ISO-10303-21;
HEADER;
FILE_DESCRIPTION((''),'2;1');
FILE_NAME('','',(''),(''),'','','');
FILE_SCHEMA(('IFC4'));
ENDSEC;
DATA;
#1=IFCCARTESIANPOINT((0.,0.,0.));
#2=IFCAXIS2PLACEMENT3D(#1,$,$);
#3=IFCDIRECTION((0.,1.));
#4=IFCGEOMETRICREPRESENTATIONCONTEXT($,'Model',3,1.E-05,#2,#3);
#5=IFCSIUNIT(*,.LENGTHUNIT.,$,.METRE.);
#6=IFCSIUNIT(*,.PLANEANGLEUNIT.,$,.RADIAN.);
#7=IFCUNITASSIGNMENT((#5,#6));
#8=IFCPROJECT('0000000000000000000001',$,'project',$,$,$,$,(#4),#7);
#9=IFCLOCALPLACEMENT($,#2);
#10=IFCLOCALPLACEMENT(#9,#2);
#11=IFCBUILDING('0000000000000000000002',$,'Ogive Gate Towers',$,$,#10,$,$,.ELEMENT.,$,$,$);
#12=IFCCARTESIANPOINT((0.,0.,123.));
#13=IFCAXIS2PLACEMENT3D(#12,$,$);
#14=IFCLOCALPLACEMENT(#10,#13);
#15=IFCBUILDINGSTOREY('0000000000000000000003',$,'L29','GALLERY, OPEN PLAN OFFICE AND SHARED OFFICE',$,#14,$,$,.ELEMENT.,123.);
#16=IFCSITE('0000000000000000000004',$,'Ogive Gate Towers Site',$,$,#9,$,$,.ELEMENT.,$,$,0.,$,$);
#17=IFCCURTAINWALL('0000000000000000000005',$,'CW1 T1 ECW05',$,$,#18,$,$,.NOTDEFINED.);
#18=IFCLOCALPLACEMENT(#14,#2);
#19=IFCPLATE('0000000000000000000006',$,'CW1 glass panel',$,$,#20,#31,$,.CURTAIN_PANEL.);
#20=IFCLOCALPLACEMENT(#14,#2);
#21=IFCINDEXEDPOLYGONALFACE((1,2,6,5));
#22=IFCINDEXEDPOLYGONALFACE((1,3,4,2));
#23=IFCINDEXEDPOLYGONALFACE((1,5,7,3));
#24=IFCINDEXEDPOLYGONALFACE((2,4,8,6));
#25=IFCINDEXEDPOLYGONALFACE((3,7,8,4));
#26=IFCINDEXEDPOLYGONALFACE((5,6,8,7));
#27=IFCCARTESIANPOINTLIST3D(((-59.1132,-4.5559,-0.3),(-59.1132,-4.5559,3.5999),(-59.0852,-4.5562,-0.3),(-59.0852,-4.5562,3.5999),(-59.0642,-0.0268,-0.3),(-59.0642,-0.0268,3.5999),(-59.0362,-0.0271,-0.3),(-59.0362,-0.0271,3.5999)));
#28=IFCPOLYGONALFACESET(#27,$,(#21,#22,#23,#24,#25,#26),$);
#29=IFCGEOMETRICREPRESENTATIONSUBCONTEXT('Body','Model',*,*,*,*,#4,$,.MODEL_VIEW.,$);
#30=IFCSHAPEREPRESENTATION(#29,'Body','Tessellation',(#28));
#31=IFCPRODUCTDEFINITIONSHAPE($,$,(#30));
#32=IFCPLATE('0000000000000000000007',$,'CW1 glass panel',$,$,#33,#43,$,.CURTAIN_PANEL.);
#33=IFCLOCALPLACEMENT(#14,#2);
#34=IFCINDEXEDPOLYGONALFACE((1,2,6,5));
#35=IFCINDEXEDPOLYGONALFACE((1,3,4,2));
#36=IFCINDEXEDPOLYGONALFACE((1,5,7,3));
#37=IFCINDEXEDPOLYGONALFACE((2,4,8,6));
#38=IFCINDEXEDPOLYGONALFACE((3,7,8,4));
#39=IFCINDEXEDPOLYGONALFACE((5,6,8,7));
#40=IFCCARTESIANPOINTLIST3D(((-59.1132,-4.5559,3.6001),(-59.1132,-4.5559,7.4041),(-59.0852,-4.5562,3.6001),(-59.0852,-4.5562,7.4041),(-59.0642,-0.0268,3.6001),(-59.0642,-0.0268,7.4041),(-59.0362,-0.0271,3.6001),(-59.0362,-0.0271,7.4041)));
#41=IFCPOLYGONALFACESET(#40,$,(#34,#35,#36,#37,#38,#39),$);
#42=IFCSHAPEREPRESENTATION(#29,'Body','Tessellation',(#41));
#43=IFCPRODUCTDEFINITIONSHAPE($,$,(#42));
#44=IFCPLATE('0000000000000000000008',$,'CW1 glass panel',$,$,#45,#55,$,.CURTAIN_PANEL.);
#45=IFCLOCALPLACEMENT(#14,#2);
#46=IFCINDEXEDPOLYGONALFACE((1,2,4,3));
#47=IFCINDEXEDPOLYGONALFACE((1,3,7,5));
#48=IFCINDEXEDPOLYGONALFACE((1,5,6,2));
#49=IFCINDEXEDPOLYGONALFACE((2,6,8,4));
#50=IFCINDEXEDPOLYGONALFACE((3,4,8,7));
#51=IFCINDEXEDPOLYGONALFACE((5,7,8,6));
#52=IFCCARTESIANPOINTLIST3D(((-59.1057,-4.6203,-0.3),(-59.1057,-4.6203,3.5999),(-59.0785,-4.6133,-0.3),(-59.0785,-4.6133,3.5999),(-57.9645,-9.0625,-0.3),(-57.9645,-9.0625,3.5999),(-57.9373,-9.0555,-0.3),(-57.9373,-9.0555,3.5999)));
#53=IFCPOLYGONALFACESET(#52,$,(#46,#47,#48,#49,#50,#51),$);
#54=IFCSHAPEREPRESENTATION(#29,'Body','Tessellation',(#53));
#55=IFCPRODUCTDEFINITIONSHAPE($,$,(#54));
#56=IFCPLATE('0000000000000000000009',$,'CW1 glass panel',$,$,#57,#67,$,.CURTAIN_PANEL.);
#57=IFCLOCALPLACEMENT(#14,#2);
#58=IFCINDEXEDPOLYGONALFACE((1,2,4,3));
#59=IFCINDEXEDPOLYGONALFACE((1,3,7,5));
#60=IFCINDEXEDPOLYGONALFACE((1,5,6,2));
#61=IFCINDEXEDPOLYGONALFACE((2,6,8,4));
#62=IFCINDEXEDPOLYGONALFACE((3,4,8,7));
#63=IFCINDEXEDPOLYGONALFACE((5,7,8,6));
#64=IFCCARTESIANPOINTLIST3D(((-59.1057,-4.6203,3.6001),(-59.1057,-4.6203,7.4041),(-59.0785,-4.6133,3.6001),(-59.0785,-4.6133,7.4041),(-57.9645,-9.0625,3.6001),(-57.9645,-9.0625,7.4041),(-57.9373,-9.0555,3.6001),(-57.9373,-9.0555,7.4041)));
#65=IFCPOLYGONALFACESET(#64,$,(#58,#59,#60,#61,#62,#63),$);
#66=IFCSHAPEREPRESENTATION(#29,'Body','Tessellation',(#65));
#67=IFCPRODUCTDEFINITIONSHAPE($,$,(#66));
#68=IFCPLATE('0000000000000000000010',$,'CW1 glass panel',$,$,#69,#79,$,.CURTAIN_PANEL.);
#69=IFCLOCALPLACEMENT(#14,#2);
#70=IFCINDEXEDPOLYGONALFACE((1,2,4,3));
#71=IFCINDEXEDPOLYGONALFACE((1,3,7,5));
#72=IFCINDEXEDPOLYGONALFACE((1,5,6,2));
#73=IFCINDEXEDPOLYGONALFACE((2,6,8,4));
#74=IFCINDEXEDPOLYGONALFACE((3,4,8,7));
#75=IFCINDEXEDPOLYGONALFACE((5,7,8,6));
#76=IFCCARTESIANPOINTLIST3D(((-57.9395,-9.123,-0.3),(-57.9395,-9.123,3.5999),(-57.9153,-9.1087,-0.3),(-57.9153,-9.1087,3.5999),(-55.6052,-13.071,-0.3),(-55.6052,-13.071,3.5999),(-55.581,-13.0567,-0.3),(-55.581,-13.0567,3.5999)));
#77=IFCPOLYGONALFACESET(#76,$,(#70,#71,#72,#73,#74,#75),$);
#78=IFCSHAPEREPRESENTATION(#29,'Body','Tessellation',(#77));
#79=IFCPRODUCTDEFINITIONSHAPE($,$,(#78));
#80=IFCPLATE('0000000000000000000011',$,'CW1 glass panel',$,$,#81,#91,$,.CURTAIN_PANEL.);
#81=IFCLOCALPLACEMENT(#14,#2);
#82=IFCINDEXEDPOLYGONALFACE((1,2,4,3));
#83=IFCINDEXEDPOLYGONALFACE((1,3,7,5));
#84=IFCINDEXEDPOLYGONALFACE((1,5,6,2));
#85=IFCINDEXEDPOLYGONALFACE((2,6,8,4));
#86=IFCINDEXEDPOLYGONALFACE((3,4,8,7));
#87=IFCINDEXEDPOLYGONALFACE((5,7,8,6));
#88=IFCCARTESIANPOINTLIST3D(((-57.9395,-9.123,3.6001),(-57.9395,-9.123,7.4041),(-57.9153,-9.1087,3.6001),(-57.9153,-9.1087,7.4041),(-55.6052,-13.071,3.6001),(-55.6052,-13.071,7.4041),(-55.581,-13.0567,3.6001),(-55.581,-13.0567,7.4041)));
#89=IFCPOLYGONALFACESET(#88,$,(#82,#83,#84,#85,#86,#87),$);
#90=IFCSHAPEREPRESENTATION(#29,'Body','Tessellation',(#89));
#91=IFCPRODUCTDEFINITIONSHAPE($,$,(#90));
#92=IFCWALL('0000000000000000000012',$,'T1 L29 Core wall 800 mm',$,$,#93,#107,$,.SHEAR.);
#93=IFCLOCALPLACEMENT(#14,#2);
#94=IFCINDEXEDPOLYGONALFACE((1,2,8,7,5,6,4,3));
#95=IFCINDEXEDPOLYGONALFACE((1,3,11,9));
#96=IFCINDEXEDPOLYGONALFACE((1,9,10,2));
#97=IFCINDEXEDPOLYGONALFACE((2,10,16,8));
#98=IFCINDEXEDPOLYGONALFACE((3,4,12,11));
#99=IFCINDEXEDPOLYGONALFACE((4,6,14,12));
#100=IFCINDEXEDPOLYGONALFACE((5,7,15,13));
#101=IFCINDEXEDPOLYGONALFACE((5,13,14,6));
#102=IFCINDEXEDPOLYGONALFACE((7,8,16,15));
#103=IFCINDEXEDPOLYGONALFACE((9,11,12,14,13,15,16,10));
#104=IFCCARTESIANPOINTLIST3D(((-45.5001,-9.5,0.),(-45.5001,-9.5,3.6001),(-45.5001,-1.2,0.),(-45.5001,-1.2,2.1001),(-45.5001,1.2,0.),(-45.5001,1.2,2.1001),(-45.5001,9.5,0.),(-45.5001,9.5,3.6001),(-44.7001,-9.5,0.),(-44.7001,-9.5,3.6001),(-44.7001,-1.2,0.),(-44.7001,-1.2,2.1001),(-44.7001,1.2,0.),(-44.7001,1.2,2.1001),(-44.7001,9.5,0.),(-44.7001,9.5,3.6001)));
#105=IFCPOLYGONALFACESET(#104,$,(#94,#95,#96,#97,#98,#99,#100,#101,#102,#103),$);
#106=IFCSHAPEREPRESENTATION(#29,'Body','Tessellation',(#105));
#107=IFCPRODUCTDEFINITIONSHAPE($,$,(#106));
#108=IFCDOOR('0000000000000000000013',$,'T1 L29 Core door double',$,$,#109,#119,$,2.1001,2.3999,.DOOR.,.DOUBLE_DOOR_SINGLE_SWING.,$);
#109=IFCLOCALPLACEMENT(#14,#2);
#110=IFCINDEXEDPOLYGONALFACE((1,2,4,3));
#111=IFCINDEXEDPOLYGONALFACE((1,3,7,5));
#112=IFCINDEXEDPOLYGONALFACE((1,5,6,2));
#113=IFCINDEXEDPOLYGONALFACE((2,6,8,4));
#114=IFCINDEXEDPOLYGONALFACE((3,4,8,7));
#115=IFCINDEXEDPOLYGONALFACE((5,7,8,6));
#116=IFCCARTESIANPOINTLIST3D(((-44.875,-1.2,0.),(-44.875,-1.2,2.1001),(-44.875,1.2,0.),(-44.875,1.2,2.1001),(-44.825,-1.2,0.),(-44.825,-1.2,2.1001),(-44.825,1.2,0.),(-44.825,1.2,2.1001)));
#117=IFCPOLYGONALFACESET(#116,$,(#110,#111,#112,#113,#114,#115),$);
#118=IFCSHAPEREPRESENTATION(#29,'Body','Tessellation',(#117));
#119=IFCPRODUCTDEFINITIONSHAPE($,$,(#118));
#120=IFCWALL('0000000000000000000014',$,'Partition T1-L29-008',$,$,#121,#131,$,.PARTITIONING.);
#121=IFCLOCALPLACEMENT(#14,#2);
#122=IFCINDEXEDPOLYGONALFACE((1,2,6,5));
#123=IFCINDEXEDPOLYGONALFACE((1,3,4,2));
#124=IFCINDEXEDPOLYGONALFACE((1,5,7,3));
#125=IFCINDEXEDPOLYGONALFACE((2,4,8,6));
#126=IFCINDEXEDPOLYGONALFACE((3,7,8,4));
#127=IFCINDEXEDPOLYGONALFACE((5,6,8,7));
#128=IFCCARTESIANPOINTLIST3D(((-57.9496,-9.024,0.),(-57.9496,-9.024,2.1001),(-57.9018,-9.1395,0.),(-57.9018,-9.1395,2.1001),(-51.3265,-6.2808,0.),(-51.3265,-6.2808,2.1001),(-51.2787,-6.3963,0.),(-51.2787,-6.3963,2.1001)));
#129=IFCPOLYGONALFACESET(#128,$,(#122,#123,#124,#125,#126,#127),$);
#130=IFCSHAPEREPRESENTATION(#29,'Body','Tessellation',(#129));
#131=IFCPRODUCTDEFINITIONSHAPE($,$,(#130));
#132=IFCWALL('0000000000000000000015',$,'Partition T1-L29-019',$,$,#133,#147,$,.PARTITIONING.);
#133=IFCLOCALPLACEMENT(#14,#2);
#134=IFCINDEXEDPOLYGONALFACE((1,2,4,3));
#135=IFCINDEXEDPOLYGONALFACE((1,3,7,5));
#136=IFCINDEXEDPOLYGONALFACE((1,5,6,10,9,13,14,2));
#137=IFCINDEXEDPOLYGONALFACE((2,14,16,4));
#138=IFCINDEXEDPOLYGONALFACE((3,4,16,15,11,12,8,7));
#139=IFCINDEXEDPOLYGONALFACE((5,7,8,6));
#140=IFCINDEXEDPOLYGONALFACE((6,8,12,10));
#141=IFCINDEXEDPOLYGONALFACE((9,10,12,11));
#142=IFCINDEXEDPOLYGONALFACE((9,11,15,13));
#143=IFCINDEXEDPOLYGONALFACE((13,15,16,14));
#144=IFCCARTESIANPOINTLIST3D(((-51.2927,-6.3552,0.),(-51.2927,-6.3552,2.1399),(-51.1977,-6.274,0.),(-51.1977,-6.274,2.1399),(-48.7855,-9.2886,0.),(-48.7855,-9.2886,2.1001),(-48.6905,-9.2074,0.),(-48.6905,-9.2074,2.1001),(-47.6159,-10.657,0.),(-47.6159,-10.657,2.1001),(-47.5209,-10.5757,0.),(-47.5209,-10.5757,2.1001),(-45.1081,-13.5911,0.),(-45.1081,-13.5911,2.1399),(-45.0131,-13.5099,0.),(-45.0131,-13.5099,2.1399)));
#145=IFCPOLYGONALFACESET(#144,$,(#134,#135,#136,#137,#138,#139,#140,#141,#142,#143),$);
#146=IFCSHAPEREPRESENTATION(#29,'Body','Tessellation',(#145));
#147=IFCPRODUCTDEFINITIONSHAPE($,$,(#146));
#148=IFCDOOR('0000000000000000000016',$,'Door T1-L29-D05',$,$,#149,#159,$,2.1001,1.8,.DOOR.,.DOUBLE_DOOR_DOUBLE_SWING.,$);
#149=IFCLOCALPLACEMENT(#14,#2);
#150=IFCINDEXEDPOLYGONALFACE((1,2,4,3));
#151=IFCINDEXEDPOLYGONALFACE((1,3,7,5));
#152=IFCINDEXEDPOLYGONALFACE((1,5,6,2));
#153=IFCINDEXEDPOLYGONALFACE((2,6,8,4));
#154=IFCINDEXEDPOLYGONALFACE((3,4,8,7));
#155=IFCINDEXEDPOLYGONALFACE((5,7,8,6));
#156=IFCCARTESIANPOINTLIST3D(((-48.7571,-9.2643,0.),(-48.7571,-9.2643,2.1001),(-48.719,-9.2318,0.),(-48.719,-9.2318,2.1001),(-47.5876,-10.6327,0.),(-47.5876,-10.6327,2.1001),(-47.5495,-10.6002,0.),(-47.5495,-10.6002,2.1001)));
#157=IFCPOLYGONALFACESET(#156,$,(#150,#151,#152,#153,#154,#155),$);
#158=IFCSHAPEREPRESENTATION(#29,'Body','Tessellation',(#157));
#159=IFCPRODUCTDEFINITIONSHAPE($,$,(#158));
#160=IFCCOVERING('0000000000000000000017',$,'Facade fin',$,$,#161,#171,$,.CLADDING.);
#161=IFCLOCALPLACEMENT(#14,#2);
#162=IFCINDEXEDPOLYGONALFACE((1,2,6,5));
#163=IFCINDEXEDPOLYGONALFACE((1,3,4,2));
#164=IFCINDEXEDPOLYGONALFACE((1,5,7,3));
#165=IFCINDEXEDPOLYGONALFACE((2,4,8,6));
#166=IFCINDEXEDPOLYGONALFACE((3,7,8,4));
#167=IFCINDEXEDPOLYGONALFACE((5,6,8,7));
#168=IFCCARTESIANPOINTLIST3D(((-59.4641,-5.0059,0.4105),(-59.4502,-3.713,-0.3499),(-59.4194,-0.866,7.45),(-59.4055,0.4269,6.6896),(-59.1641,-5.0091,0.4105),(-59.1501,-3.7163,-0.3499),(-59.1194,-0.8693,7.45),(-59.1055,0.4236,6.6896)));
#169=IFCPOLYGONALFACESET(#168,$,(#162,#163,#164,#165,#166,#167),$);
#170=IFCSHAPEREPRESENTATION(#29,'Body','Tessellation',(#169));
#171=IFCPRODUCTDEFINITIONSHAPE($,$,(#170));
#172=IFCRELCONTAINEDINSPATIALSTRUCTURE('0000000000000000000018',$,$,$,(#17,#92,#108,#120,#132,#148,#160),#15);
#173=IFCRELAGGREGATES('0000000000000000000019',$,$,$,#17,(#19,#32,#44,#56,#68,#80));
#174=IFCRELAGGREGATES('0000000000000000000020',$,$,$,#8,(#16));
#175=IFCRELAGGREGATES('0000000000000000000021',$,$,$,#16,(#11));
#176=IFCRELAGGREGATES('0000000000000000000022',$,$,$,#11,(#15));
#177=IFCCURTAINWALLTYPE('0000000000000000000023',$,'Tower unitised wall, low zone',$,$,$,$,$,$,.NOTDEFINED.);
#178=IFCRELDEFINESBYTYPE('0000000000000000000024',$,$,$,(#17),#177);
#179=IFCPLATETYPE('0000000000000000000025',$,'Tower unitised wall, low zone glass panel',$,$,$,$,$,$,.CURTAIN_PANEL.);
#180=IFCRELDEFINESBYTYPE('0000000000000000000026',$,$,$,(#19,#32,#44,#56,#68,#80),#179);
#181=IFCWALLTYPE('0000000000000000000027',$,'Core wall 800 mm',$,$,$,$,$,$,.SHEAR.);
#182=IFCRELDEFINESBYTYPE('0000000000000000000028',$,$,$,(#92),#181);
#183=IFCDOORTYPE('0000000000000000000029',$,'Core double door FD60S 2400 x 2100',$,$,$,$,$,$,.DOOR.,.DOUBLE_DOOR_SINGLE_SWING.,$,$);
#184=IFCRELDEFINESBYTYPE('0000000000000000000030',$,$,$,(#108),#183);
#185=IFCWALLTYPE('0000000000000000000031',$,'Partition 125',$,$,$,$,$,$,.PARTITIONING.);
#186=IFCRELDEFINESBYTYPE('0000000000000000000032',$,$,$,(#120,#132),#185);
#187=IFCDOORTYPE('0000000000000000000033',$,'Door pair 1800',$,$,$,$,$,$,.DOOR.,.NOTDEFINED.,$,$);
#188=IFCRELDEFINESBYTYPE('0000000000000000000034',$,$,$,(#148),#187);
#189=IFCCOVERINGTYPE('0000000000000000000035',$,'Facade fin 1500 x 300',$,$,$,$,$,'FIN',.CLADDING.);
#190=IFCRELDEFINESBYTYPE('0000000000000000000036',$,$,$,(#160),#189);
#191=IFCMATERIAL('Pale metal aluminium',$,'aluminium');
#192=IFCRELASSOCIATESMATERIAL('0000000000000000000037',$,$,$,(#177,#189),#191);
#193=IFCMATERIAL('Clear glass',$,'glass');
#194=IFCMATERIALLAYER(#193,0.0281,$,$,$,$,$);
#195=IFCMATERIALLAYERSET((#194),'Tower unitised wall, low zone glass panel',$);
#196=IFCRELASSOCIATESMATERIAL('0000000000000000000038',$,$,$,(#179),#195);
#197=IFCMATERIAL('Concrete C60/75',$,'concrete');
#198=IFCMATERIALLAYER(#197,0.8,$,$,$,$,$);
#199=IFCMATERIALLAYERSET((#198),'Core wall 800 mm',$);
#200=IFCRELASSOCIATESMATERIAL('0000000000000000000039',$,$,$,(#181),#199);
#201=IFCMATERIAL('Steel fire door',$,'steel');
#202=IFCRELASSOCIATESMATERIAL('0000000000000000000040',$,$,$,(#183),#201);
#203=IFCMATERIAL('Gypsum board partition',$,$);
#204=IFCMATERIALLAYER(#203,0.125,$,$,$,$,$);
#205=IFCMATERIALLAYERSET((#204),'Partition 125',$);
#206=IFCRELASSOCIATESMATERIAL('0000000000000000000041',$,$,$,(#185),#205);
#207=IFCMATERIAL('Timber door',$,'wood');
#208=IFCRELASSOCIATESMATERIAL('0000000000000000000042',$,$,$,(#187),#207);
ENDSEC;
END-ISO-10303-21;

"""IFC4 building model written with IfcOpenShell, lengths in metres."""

from ifc_helpers import new_model, si_unit, direction, frame, frame_2d, origin, origin_2d, place, context, subcontext, project, spatial, rectangle, extrude, material, layer, layer_set, material_profile, profile_set, type_object, element, fill, aggregate, save


model = new_model("IFC4")

# Units and contexts
model_context = context("Model", 3, precision=1e-05, world=origin(), true_north=direction((0.0, 1.0)))
body_context = subcontext(model_context, "Body", "Model", "MODEL_VIEW")
ifc_project = project(units=[si_unit("LENGTHUNIT", "METRE"), si_unit("PLANEANGLEUNIT", "RADIAN")], contexts=[model_context])

# Site, building, storey
site_placement = place(None, origin())
site = spatial("IfcSite", under=ifc_project, at=site_placement, Name="Ogive Gate Towers Site", CompositionType="ELEMENT", RefElevation=0.0)
building_placement = place(site_placement, origin())
building = spatial("IfcBuilding", under=site, at=building_placement, Name="Ogive Gate Towers", CompositionType="ELEMENT")
storey_placement = place(building_placement, frame((0.0, 0.0, 123.0)))
storey = spatial("IfcBuildingStorey", under=building, at=storey_placement, Name="L29", Description="GALLERY, OPEN PLAN OFFICE AND SHARED OFFICE", CompositionType="ELEMENT", Elevation=123.0)

# Curtain wall, plates
ifc_material_1 = material(Name="Pale metal aluminium", Category="aluminium")
curtain_wall_type = type_object("IfcCurtainWallType", Name="Tower unitised wall, low zone", PredefinedType="NOTDEFINED", material=ifc_material_1)
curtain_wall_placement = place(storey_placement, origin())
curtain_wall = element("IfcCurtainWall", 1, at=curtain_wall_placement, inside=storey, type_object=curtain_wall_type, Name="CW1 T1 ECW05", PredefinedType="NOTDEFINED")
ifc_material_2 = material(Name="Clear glass", Category="glass")
ifc_layer_1 = layer(ifc_material_2, 0.0281)
ifc_layer_set_1 = layer_set([ifc_layer_1], Name="Tower unitised wall, low zone glass panel")
plate_type = type_object("IfcPlateType", Name="Tower unitised wall, low zone glass panel", PredefinedType="CURTAIN_PANEL", material=ifc_layer_set_1)
plate_1_placement = place(storey_placement, frame((-59.0747, -2.2915, -0.3), z_axis=(0.0, 0.0, 1.0), x_axis=(-0.010821, -0.999941, 0.0)))
plate_1 = element("IfcPlate", 2, at=plate_1_placement, type_object=plate_type, Name="CW1 glass panel", PredefinedType="CURTAIN_PANEL", context=body_context, shape_type="SweptSolid", body=[
    extrude(rectangle(XDim=4.5293, YDim=0.0281, at=origin_2d()), origin(), (0.0, 0.0, 1.0), 3.8999),
])
plate_2_placement = place(storey_placement, frame((-59.0747, -2.2915, 3.6001), z_axis=(0.0, 0.0, 1.0), x_axis=(-0.010821, -0.999941, 0.0)))
plate_2 = element("IfcPlate", 3, at=plate_2_placement, type_object=plate_type, Name="CW1 glass panel", PredefinedType="CURTAIN_PANEL", context=body_context, shape_type="SweptSolid", body=[
    extrude(rectangle(XDim=4.5293, YDim=0.0281, at=origin_2d()), origin(), (0.0, 0.0, 1.0), 3.804),
])
plate_3_placement = place(storey_placement, frame((-58.5215, -6.8379, -0.3), z_axis=(0.0, 0.0, 1.0), x_axis=(0.248808, -0.968553, 0.0)))
plate_3 = element("IfcPlate", 4, at=plate_3_placement, type_object=plate_type, Name="CW1 glass panel", PredefinedType="CURTAIN_PANEL", context=body_context, shape_type="SweptSolid", body=[
    extrude(rectangle(XDim=4.5864, YDim=0.0281, at=origin_2d()), origin(), (0.0, 0.0, 1.0), 3.8999),
])
plate_4_placement = place(storey_placement, frame((-58.5215, -6.8379, 3.6001), z_axis=(0.0, 0.0, 1.0), x_axis=(0.248808, -0.968553, 0.0)))
plate_4 = element("IfcPlate", 5, at=plate_4_placement, type_object=plate_type, Name="CW1 glass panel", PredefinedType="CURTAIN_PANEL", context=body_context, shape_type="SweptSolid", body=[
    extrude(rectangle(XDim=4.5864, YDim=0.0281, at=origin_2d()), origin(), (0.0, 0.0, 1.0), 3.804),
])
plate_5_placement = place(storey_placement, frame((-56.7603, -11.0898, -0.3), z_axis=(0.0, 0.0, 1.0), x_axis=(0.508951, -0.860795, 0.0)))
plate_5 = element("IfcPlate", 6, at=plate_5_placement, type_object=plate_type, Name="CW1 glass panel", PredefinedType="CURTAIN_PANEL", context=body_context, shape_type="SweptSolid", body=[
    extrude(rectangle(XDim=4.5864, YDim=0.0281, at=origin_2d()), origin(), (0.0, 0.0, 1.0), 3.8999),
])
plate_6_placement = place(storey_placement, frame((-56.7603, -11.0898, 3.6001), z_axis=(0.0, 0.0, 1.0), x_axis=(0.508951, -0.860795, 0.0)))
plate_6 = element("IfcPlate", 7, at=plate_6_placement, type_object=plate_type, Name="CW1 glass panel", PredefinedType="CURTAIN_PANEL", context=body_context, shape_type="SweptSolid", body=[
    extrude(rectangle(XDim=4.5864, YDim=0.0281, at=origin_2d()), origin(), (0.0, 0.0, 1.0), 3.804),
])
aggregate(curtain_wall, [plate_1, plate_2, plate_3, plate_4, plate_5, plate_6])

# Wall, opening, door
ifc_material_3 = material(Name="Concrete C60/75", Category="concrete")
ifc_layer_2 = layer(ifc_material_3, 0.8)
ifc_layer_set_2 = layer_set([ifc_layer_2], Name="Core wall 800 mm")
wall_type_1 = type_object("IfcWallType", Name="Core wall 800 mm", PredefinedType="SHEAR", material=ifc_layer_set_2)
wall_1_placement = place(storey_placement, frame((-45.1001, -9.5, 0.0), z_axis=(0.0, 0.0, 1.0), x_axis=(0.0, 1.0, 0.0)))
wall_1 = element("IfcWall", 8, at=wall_1_placement, inside=storey, type_object=wall_type_1, Name="T1 L29 Core wall 800 mm", PredefinedType="SHEAR", context=body_context, shape_type="SweptSolid", body=[
    extrude(rectangle(XDim=19.0, YDim=0.8, at=frame_2d((9.5, 0.0))), origin(), (0.0, 0.0, 1.0), 3.6001),
])
opening_1_placement = place(wall_1_placement, frame((8.3, 0.0, 0.0)))
opening_1 = element("IfcOpeningElement", 9, at=opening_1_placement, cuts=wall_1, PredefinedType="OPENING", context=body_context, shape_type="SweptSolid", body=[
    extrude(rectangle(XDim=2.3999, YDim=2.1001, at=frame_2d((1.2, 1.05))), frame((0.0, 0.4102, 0.0), z_axis=(0.0, -1.0, 0.0), x_axis=(1.0, 0.0, 0.0)), (0.0, 0.0, 1.0), 0.8201),
])
ifc_material_4 = material(Name="Steel fire door", Category="steel")
door_type_1 = type_object("IfcDoorType", Name="Core double door FD60S 2400 x 2100", OperationType="DOUBLE_DOOR_SINGLE_SWING", PredefinedType="DOOR", material=ifc_material_4)
door_1_placement = place(opening_1_placement, origin())
door_1 = element("IfcDoor", 10, at=door_1_placement, inside=storey, type_object=door_type_1, Name="T1 L29 Core door double", OperationType="DOUBLE_DOOR_SINGLE_SWING", OverallHeight=2.1001, OverallWidth=2.3999, PredefinedType="DOOR", context=body_context, shape_type="SweptSolid", body=[
    extrude(rectangle(XDim=2.3999, YDim=2.1001, at=frame_2d((1.2, 1.05))), frame((0.0, -0.2251, 0.0), z_axis=(0.0, -1.0, 0.0), x_axis=(1.0, 0.0, 0.0)), (0.0, 0.0, 1.0), 0.05),
])
fill(opening_1, door_1)

# Wall
ifc_material_5 = material(Name="Gypsum board partition")
ifc_layer_3 = layer(ifc_material_5, 0.125)
ifc_layer_set_3 = layer_set([ifc_layer_3], Name="Partition 125")
wall_type_2 = type_object("IfcWallType", Name="Partition 125", PredefinedType="PARTITIONING", material=ifc_layer_set_3)
wall_2_placement = place(storey_placement, frame((-57.9258, -9.0818, 0.0), z_axis=(0.0, 0.0, 1.0), x_axis=(0.923889, 0.382661, 0.0)))
element("IfcWall", 11, at=wall_2_placement, inside=storey, type_object=wall_type_2, Name="Partition T1-L29-008", PredefinedType="PARTITIONING", context=body_context, shape_type="SweptSolid", body=[
    extrude(rectangle(XDim=7.1687, YDim=0.125, at=frame_2d((3.5845, 0.0))), origin(), (0.0, 0.0, 1.0), 2.1001),
])

# Wall, opening, door
wall_3_placement = place(storey_placement, frame((-51.2451, -6.3147, 0.0), z_axis=(0.0, 0.0, 1.0), x_axis=(0.649726, -0.760168, 0.0)))
wall_3 = element("IfcWall", 12, at=wall_3_placement, inside=storey, type_object=wall_type_2, Name="Partition T1-L29-019", PredefinedType="PARTITIONING", context=body_context, shape_type="SweptSolid", body=[
    extrude(rectangle(XDim=9.5188, YDim=0.125, at=frame_2d((4.7593, 0.0))), origin(), (0.0, 0.0, 1.0), 2.1399),
])
opening_2_placement = place(wall_3_placement, frame((3.8589, 0.0, 0.0)))
opening_2 = element("IfcOpeningElement", 13, at=opening_2_placement, cuts=wall_3, PredefinedType="OPENING", context=body_context, shape_type="SweptSolid", body=[
    extrude(rectangle(XDim=1.8, YDim=2.1001, at=frame_2d((0.8999, 1.05))), frame((0.0, 0.0725, 0.0), z_axis=(0.0, -1.0, 0.0), x_axis=(1.0, 0.0, 0.0)), (0.0, 0.0, 1.0), 0.145),
])
ifc_material_6 = material(Name="Timber door", Category="wood")
door_type_2 = type_object("IfcDoorType", Name="Door pair 1800", OperationType="NOTDEFINED", PredefinedType="DOOR", material=ifc_material_6)
door_2_placement = place(opening_2_placement, origin())
door_2 = element("IfcDoor", 14, at=door_2_placement, inside=storey, type_object=door_type_2, Name="Door T1-L29-D05", OperationType="DOUBLE_DOOR_DOUBLE_SWING", OverallHeight=2.1001, OverallWidth=1.8, PredefinedType="DOOR", context=body_context, shape_type="SweptSolid", body=[
    extrude(rectangle(XDim=1.8, YDim=2.1001, at=frame_2d((0.8999, 1.05))), frame((0.0, 0.0249, 0.0), z_axis=(0.0, -1.0, 0.0), x_axis=(1.0, 0.0, 0.0)), (0.0, 0.0, 1.0), 0.05),
])
fill(opening_2, door_2)

# Covering
ifc_material_profile_1 = material_profile(ifc_material_1, rectangle(XDim=0.3, YDim=1.5, at=origin_2d()), Name="1500 x 300 pale metal aluminium")
ifc_profile_set_1 = profile_set([ifc_material_profile_1], Name="Pale metal aluminium")
covering_type = type_object("IfcCoveringType", Name="Facade fin 1500 x 300", ElementType="FIN", PredefinedType="CLADDING", material=ifc_profile_set_1)
covering_1_placement = place(storey_placement, frame((-59.3071, -4.3611, 0.0303), z_axis=(0.005471, 0.50692, 0.861976), x_axis=(-0.999942, 0.010791, 0.0)))
element("IfcCovering", 15, at=covering_1_placement, inside=storey, type_object=covering_type, Name="Facade fin", PredefinedType="CLADDING", context=body_context, shape_type="SweptSolid", body=[
    extrude(rectangle(XDim=0.3, YDim=1.5, at=origin_2d()), origin(), (0.0, 0.0, 1.0), 8.1667),
])

save(model, "model.ifc")
